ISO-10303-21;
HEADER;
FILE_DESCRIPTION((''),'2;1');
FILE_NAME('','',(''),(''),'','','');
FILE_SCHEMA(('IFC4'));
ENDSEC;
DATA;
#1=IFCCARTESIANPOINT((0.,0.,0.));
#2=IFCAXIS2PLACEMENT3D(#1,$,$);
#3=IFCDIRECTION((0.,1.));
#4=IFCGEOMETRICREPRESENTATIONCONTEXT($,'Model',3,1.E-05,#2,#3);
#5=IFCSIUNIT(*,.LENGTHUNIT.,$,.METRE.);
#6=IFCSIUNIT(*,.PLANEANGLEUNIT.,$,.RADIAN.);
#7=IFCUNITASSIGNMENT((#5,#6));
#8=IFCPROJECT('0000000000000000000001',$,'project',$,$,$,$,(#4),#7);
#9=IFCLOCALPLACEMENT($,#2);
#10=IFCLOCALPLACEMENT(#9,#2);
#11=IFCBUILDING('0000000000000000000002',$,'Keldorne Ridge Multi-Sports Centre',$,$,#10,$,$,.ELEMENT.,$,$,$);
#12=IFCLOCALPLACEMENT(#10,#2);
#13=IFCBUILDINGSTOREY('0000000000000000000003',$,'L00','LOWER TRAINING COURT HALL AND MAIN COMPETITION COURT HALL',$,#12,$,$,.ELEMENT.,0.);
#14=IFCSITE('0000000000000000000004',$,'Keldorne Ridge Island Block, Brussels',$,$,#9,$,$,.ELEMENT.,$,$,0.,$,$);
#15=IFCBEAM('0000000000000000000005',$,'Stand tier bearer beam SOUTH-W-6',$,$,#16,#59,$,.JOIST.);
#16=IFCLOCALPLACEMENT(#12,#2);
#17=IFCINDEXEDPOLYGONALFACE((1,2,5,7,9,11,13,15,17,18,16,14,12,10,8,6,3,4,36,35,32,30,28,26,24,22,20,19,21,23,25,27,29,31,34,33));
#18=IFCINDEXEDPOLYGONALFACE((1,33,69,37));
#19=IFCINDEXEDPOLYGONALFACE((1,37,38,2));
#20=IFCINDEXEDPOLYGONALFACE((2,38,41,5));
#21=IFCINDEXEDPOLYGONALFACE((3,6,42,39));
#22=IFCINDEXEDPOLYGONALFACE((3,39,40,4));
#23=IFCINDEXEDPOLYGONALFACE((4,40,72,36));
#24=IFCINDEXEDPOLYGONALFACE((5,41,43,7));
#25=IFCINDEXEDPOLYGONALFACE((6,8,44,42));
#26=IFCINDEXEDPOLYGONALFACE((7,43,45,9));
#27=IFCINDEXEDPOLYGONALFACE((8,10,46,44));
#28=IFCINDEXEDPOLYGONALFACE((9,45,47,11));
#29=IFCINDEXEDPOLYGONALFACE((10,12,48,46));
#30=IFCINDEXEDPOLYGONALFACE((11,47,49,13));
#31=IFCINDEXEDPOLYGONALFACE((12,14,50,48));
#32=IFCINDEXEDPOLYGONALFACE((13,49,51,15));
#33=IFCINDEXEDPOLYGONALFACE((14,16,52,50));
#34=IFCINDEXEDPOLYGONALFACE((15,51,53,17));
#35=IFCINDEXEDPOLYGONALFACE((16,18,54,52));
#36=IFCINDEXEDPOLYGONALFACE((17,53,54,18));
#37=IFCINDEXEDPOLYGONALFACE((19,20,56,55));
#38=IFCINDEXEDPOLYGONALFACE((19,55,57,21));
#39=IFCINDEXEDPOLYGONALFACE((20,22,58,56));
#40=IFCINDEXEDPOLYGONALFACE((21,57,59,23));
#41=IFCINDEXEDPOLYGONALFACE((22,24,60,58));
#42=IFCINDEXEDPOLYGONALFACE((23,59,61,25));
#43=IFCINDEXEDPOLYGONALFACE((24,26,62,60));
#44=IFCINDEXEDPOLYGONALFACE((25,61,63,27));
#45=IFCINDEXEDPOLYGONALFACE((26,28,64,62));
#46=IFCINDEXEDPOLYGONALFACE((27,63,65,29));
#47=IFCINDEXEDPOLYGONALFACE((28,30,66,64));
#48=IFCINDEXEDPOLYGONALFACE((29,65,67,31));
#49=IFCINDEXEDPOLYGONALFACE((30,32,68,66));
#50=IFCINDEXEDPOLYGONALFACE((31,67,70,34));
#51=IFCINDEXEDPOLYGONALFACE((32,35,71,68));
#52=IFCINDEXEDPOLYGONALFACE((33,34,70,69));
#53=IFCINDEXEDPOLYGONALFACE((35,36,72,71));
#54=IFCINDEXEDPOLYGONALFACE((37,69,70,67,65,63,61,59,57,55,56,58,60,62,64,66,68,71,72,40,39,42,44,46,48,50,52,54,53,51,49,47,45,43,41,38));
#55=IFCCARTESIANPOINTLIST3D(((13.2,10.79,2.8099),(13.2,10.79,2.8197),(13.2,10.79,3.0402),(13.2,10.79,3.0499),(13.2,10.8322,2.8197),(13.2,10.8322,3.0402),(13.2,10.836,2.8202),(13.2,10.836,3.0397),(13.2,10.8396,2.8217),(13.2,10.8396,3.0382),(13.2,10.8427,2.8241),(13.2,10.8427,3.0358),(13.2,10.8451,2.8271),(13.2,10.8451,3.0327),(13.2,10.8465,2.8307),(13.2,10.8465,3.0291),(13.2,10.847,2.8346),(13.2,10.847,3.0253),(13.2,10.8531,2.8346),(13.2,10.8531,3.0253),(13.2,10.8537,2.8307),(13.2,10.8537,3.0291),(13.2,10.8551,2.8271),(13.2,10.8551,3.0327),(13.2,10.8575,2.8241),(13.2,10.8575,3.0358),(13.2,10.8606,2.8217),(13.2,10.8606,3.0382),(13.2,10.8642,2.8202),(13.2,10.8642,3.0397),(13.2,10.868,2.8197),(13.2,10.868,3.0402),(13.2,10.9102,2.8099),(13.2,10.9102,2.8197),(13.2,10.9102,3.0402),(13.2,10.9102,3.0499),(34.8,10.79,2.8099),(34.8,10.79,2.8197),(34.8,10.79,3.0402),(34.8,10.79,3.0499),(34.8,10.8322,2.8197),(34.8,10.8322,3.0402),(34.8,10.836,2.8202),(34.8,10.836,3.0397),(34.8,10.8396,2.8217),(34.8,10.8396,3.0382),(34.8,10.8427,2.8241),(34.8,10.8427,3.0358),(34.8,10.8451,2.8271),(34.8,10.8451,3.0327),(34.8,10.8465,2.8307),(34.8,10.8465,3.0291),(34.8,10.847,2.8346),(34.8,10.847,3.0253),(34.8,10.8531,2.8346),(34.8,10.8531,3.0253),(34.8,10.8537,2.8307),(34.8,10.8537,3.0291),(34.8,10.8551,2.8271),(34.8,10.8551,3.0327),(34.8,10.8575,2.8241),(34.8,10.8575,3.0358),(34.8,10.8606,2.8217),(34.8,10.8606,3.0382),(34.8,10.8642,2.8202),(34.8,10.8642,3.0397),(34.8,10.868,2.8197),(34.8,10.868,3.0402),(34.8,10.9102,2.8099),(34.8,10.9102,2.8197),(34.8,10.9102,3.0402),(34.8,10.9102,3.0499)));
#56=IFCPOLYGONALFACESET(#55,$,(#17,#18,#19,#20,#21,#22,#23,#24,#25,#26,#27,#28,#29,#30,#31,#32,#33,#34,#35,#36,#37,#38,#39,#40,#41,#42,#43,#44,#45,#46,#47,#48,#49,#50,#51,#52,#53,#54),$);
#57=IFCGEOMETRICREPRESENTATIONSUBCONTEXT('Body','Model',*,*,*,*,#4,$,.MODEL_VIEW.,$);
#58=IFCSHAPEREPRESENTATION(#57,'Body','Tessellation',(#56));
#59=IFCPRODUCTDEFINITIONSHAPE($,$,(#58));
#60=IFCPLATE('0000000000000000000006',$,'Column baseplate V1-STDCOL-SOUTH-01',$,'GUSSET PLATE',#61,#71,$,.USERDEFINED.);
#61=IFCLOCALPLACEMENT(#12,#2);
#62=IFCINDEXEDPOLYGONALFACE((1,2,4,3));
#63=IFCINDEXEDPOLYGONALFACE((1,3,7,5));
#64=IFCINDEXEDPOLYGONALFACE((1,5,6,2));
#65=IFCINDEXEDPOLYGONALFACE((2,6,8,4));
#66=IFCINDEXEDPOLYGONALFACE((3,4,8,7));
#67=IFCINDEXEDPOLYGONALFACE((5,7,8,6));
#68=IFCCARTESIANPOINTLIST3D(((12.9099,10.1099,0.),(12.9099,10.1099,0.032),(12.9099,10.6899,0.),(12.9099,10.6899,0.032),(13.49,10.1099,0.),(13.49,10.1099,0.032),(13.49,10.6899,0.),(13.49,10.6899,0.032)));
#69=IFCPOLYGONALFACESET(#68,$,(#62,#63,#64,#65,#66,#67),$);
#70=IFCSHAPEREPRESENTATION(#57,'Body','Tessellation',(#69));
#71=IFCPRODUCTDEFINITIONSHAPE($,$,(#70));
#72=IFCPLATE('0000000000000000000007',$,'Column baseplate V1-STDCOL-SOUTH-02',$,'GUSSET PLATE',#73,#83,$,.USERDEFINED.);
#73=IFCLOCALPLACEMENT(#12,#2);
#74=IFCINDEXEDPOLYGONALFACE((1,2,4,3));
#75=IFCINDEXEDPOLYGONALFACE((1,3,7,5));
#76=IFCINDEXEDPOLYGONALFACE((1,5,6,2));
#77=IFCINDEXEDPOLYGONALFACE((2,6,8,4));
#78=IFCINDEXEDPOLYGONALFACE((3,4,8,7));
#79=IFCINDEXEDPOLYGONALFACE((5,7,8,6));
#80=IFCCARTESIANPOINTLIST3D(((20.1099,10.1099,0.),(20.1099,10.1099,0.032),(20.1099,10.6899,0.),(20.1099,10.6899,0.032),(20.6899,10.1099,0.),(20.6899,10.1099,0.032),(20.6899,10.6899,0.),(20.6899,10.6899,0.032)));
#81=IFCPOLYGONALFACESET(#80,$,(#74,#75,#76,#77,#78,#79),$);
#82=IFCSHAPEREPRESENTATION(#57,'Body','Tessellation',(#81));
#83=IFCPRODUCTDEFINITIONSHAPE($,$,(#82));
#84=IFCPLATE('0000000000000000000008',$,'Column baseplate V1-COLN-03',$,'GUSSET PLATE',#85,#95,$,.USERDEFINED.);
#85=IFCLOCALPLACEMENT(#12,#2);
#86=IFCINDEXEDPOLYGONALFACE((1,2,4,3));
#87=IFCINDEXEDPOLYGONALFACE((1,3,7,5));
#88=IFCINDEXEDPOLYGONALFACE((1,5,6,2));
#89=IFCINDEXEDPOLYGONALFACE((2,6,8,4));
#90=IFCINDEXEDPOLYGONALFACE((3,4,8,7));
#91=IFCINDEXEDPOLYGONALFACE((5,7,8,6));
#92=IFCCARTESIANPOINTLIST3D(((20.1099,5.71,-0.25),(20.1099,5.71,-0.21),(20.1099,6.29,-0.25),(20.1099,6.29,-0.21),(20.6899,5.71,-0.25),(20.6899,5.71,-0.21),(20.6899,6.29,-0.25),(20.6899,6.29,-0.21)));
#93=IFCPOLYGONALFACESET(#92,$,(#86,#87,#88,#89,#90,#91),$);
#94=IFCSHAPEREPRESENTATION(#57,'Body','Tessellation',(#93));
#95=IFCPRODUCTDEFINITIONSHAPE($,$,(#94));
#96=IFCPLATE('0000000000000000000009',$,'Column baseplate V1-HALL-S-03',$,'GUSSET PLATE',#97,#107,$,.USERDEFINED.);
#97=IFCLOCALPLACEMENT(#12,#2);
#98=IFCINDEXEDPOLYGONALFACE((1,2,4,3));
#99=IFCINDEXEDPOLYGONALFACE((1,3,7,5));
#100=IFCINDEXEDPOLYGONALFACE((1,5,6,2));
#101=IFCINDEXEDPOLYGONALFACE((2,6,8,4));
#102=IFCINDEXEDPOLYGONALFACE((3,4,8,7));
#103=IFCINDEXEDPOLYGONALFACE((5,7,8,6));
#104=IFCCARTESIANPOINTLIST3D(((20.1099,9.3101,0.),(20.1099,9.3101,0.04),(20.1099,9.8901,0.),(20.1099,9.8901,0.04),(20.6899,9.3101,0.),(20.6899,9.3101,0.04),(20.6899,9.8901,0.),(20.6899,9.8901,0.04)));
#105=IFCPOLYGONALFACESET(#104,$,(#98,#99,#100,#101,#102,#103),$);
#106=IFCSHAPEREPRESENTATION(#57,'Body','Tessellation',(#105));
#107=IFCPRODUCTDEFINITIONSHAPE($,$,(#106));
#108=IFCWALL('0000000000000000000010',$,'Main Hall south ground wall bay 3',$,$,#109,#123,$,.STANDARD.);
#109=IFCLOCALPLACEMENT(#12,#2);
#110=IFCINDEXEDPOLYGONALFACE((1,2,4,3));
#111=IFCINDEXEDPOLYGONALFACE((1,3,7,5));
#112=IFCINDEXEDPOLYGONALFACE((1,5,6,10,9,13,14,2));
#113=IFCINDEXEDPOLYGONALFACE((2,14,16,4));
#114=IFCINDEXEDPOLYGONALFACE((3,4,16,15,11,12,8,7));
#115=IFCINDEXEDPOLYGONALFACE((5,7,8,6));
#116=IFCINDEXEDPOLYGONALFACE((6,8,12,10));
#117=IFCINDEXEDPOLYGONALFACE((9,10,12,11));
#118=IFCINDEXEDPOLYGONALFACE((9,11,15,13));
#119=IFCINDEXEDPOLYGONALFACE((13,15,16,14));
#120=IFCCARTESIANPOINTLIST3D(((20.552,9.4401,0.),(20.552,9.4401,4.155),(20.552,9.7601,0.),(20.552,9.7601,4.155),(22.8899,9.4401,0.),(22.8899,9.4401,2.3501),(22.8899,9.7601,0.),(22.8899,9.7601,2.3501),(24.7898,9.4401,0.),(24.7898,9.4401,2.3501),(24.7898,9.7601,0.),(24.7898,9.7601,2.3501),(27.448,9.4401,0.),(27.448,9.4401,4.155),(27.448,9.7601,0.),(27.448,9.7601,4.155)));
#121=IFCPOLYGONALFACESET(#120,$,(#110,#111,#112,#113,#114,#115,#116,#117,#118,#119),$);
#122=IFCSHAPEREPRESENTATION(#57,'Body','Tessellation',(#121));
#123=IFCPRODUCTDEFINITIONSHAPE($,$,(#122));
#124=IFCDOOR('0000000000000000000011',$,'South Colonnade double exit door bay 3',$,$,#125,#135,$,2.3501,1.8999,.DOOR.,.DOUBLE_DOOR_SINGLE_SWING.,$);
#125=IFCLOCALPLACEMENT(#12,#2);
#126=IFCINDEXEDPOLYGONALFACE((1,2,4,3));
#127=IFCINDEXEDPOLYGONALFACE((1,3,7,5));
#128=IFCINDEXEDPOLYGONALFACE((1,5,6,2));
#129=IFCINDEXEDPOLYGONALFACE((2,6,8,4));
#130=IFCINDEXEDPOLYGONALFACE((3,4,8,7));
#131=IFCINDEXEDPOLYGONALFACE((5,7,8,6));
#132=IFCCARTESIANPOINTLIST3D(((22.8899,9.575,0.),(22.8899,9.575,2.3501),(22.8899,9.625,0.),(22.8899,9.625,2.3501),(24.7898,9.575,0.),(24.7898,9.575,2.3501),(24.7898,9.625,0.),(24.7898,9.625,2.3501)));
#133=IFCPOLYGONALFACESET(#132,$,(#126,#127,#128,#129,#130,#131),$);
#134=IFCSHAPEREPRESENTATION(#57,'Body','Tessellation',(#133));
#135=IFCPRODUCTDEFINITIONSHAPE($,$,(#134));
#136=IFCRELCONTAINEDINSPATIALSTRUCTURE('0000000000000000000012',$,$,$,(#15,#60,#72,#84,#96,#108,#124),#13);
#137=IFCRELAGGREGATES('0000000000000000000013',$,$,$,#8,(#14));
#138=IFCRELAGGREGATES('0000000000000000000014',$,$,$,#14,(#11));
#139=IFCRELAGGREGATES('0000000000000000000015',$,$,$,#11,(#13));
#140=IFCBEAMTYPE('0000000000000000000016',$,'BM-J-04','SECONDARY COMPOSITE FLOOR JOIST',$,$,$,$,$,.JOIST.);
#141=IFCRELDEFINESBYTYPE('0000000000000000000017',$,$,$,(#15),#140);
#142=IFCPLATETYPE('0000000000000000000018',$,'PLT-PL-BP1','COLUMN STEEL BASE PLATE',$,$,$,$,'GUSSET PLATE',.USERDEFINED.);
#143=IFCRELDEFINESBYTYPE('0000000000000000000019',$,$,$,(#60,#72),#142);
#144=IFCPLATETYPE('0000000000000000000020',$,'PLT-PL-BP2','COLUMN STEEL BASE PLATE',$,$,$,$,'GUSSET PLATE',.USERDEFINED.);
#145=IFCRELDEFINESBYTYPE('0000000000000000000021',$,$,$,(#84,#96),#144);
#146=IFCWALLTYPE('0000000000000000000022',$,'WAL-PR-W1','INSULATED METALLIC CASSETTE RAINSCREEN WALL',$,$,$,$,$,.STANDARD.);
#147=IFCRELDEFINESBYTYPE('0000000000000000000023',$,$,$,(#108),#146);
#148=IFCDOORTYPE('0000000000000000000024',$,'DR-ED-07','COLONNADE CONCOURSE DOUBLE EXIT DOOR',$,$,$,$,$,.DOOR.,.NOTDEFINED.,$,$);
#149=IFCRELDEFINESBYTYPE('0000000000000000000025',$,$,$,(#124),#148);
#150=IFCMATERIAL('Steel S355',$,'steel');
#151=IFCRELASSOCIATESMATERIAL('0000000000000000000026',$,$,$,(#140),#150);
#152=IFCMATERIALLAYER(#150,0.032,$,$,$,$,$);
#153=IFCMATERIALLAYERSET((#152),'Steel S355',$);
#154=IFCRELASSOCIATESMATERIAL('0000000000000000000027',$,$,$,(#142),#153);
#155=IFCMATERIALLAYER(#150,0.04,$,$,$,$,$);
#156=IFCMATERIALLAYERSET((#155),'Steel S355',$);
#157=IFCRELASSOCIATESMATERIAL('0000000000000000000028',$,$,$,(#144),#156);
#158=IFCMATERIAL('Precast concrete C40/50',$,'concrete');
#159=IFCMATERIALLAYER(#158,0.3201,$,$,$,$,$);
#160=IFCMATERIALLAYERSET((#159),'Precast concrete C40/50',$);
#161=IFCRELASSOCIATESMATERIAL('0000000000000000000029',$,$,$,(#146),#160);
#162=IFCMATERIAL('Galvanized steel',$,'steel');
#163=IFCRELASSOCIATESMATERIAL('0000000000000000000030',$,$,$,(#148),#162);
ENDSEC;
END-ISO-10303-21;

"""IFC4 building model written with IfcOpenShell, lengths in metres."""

from ifc_helpers import new_model, si_unit, direction, frame, frame_2d, origin, origin_2d, place, context, subcontext, project, spatial, rectangle, i_section, extrude, material, layer, layer_set, material_profile, profile_set, type_object, element, fill, save


model = new_model("IFC4")

# Units and contexts
model_context = context("Model", 3, precision=1e-05, world=origin(), true_north=direction((0.0, 1.0)))
body_context = subcontext(model_context, "Body", "Model", "MODEL_VIEW")
ifc_project = project(units=[si_unit("LENGTHUNIT", "METRE"), si_unit("PLANEANGLEUNIT", "RADIAN")], contexts=[model_context])

# Site, building, storey
site_placement = place(None, origin())
site = spatial("IfcSite", under=ifc_project, at=site_placement, Name="Keldorne Ridge Island Block, Brussels", CompositionType="ELEMENT", RefElevation=0.0)
building_placement = place(site_placement, origin())
building = spatial("IfcBuilding", under=site, at=building_placement, Name="Keldorne Ridge Multi-Sports Centre", CompositionType="ELEMENT")
storey_placement = place(building_placement, origin())
storey = spatial("IfcBuildingStorey", under=building, at=storey_placement, Name="L00", Description="LOWER TRAINING COURT HALL AND MAIN COMPETITION COURT HALL", CompositionType="ELEMENT", Elevation=0.0)

# Shared definitions
ifc_material_1 = material(Name="Steel S355", Category="steel")

# Beam
ifc_material_profile_1 = material_profile(ifc_material_1, i_section(OverallWidth=0.1201, OverallDepth=0.24, WebThickness=0.0061, FlangeThickness=0.0098, FilletRadius=0.0149, at=origin_2d()), Name="IPE 240")
ifc_profile_set_1 = profile_set([ifc_material_profile_1], Name="Steel S355")
beam_type_1 = type_object("IfcBeamType", Name="BM-J-04", Description="SECONDARY COMPOSITE FLOOR JOIST", PredefinedType="JOIST", material=ifc_profile_set_1)
for number, where, z_axis, x_axis, name in (
    (1, (13.2, 10.8501, 2.9299), (1.0, 0.0, 0.0), (0.0, 1.0, 0.0), "Stand tier bearer beam SOUTH-W-6"),
):
    element("IfcBeam", number, at=place(storey_placement, frame(where, z_axis=z_axis, x_axis=x_axis)), inside=storey, type_object=beam_type_1, Name=name, PredefinedType="JOIST", context=body_context, shape_type="SweptSolid", body=[
        extrude(i_section(OverallWidth=0.1201, OverallDepth=0.24, WebThickness=0.0061, FlangeThickness=0.0098, FilletRadius=0.0149, at=origin_2d()), origin(), (0.0, 0.0, 1.0), 21.6001),
    ])

# Plates
ifc_layer_1 = layer(ifc_material_1, 0.032)
ifc_layer_set_1 = layer_set([ifc_layer_1], Name="Steel S355")
plate_type_1 = type_object("IfcPlateType", Name="PLT-PL-BP1", Description="COLUMN STEEL BASE PLATE", ElementType="GUSSET PLATE", PredefinedType="USERDEFINED", material=ifc_layer_set_1)
for number, where, z_axis, x_axis, name in (
    (2, (13.2, 10.3999, 0.0), (0.0, 0.0, 1.0), (1.0, 0.0, 0.0), "Column baseplate V1-STDCOL-SOUTH-01"),
    (3, (20.3999, 10.3999, 0.0), (0.0, 0.0, 1.0), (1.0, 0.0, 0.0), "Column baseplate V1-STDCOL-SOUTH-02"),
):
    element("IfcPlate", number, at=place(storey_placement, frame(where, z_axis=z_axis, x_axis=x_axis)), inside=storey, type_object=plate_type_1, Name=name, ObjectType="GUSSET PLATE", PredefinedType="USERDEFINED", context=body_context, shape_type="SweptSolid", body=[
        extrude(rectangle(XDim=0.5801, YDim=0.5801, at=origin_2d()), origin(), (0.0, 0.0, 1.0), 0.032),
    ])
ifc_layer_2 = layer(ifc_material_1, 0.04)
ifc_layer_set_2 = layer_set([ifc_layer_2], Name="Steel S355")
plate_type_2 = type_object("IfcPlateType", Name="PLT-PL-BP2", Description="COLUMN STEEL BASE PLATE", ElementType="GUSSET PLATE", PredefinedType="USERDEFINED", material=ifc_layer_set_2)
for number, where, z_axis, x_axis, name in (
    (4, (20.3999, 6.0, -0.25), (0.0, 0.0, 1.0), (1.0, 0.0, 0.0), "Column baseplate V1-COLN-03"),
    (5, (20.3999, 9.6001, 0.0), (0.0, 0.0, 1.0), (1.0, 0.0, 0.0), "Column baseplate V1-HALL-S-03"),
):
    element("IfcPlate", number, at=place(storey_placement, frame(where, z_axis=z_axis, x_axis=x_axis)), inside=storey, type_object=plate_type_2, Name=name, ObjectType="GUSSET PLATE", PredefinedType="USERDEFINED", context=body_context, shape_type="SweptSolid", body=[
        extrude(rectangle(XDim=0.5801, YDim=0.5801, at=origin_2d()), origin(), (0.0, 0.0, 1.0), 0.04),
    ])

# Wall, opening, door
ifc_material_2 = material(Name="Precast concrete C40/50", Category="concrete")
ifc_layer_3 = layer(ifc_material_2, 0.3201)
ifc_layer_set_3 = layer_set([ifc_layer_3], Name="Precast concrete C40/50")
wall_type = type_object("IfcWallType", Name="WAL-PR-W1", Description="INSULATED METALLIC CASSETTE RAINSCREEN WALL", PredefinedType="STANDARD", material=ifc_layer_set_3)
wall_1_placement = place(storey_placement, frame((20.552, 9.6001, 0.0), z_axis=(0.0, 0.0, 1.0), x_axis=(1.0, 0.0, 0.0)))
wall_1 = element("IfcWall", 6, at=wall_1_placement, inside=storey, type_object=wall_type, Name="Main Hall south ground wall bay 3", PredefinedType="STANDARD", context=body_context, shape_type="SweptSolid", body=[
    extrude(rectangle(XDim=6.896, YDim=0.3201, at=frame_2d((3.448, 0.0))), origin(), (0.0, 0.0, 1.0), 4.155),
])
opening_1_placement = place(wall_1_placement, frame((2.3379, 0.0, 0.0)))
opening_1 = element("IfcOpeningElement", 7, at=opening_1_placement, cuts=wall_1, PredefinedType="OPENING", context=body_context, shape_type="SweptSolid", body=[
    extrude(rectangle(XDim=1.8999, YDim=2.3501, at=frame_2d((0.95, 1.175))), frame((0.0, 0.1699, 0.0), z_axis=(0.0, -1.0, 0.0), x_axis=(1.0, 0.0, 0.0)), (0.0, 0.0, 1.0), 0.3401),
])
ifc_material_3 = material(Name="Galvanized steel", Category="steel")
door_type_1 = type_object("IfcDoorType", Name="DR-ED-07", Description="COLONNADE CONCOURSE DOUBLE EXIT DOOR", OperationType="NOTDEFINED", PredefinedType="DOOR", material=ifc_material_3)
door_1_placement = place(opening_1_placement, origin())
door_1 = element("IfcDoor", 8, at=door_1_placement, inside=storey, type_object=door_type_1, Name="South Colonnade double exit door bay 3", OperationType="DOUBLE_DOOR_SINGLE_SWING", OverallHeight=2.3501, OverallWidth=1.8999, PredefinedType="DOOR", context=body_context, shape_type="SweptSolid", body=[
    extrude(rectangle(XDim=1.8999, YDim=2.3501, at=frame_2d((0.95, 1.175))), frame((0.0, 0.0249, 0.0), z_axis=(0.0, -1.0, 0.0), x_axis=(1.0, 0.0, 0.0)), (0.0, 0.0, 1.0), 0.05),
])
fill(opening_1, door_1)

save(model, "model.ifc")
